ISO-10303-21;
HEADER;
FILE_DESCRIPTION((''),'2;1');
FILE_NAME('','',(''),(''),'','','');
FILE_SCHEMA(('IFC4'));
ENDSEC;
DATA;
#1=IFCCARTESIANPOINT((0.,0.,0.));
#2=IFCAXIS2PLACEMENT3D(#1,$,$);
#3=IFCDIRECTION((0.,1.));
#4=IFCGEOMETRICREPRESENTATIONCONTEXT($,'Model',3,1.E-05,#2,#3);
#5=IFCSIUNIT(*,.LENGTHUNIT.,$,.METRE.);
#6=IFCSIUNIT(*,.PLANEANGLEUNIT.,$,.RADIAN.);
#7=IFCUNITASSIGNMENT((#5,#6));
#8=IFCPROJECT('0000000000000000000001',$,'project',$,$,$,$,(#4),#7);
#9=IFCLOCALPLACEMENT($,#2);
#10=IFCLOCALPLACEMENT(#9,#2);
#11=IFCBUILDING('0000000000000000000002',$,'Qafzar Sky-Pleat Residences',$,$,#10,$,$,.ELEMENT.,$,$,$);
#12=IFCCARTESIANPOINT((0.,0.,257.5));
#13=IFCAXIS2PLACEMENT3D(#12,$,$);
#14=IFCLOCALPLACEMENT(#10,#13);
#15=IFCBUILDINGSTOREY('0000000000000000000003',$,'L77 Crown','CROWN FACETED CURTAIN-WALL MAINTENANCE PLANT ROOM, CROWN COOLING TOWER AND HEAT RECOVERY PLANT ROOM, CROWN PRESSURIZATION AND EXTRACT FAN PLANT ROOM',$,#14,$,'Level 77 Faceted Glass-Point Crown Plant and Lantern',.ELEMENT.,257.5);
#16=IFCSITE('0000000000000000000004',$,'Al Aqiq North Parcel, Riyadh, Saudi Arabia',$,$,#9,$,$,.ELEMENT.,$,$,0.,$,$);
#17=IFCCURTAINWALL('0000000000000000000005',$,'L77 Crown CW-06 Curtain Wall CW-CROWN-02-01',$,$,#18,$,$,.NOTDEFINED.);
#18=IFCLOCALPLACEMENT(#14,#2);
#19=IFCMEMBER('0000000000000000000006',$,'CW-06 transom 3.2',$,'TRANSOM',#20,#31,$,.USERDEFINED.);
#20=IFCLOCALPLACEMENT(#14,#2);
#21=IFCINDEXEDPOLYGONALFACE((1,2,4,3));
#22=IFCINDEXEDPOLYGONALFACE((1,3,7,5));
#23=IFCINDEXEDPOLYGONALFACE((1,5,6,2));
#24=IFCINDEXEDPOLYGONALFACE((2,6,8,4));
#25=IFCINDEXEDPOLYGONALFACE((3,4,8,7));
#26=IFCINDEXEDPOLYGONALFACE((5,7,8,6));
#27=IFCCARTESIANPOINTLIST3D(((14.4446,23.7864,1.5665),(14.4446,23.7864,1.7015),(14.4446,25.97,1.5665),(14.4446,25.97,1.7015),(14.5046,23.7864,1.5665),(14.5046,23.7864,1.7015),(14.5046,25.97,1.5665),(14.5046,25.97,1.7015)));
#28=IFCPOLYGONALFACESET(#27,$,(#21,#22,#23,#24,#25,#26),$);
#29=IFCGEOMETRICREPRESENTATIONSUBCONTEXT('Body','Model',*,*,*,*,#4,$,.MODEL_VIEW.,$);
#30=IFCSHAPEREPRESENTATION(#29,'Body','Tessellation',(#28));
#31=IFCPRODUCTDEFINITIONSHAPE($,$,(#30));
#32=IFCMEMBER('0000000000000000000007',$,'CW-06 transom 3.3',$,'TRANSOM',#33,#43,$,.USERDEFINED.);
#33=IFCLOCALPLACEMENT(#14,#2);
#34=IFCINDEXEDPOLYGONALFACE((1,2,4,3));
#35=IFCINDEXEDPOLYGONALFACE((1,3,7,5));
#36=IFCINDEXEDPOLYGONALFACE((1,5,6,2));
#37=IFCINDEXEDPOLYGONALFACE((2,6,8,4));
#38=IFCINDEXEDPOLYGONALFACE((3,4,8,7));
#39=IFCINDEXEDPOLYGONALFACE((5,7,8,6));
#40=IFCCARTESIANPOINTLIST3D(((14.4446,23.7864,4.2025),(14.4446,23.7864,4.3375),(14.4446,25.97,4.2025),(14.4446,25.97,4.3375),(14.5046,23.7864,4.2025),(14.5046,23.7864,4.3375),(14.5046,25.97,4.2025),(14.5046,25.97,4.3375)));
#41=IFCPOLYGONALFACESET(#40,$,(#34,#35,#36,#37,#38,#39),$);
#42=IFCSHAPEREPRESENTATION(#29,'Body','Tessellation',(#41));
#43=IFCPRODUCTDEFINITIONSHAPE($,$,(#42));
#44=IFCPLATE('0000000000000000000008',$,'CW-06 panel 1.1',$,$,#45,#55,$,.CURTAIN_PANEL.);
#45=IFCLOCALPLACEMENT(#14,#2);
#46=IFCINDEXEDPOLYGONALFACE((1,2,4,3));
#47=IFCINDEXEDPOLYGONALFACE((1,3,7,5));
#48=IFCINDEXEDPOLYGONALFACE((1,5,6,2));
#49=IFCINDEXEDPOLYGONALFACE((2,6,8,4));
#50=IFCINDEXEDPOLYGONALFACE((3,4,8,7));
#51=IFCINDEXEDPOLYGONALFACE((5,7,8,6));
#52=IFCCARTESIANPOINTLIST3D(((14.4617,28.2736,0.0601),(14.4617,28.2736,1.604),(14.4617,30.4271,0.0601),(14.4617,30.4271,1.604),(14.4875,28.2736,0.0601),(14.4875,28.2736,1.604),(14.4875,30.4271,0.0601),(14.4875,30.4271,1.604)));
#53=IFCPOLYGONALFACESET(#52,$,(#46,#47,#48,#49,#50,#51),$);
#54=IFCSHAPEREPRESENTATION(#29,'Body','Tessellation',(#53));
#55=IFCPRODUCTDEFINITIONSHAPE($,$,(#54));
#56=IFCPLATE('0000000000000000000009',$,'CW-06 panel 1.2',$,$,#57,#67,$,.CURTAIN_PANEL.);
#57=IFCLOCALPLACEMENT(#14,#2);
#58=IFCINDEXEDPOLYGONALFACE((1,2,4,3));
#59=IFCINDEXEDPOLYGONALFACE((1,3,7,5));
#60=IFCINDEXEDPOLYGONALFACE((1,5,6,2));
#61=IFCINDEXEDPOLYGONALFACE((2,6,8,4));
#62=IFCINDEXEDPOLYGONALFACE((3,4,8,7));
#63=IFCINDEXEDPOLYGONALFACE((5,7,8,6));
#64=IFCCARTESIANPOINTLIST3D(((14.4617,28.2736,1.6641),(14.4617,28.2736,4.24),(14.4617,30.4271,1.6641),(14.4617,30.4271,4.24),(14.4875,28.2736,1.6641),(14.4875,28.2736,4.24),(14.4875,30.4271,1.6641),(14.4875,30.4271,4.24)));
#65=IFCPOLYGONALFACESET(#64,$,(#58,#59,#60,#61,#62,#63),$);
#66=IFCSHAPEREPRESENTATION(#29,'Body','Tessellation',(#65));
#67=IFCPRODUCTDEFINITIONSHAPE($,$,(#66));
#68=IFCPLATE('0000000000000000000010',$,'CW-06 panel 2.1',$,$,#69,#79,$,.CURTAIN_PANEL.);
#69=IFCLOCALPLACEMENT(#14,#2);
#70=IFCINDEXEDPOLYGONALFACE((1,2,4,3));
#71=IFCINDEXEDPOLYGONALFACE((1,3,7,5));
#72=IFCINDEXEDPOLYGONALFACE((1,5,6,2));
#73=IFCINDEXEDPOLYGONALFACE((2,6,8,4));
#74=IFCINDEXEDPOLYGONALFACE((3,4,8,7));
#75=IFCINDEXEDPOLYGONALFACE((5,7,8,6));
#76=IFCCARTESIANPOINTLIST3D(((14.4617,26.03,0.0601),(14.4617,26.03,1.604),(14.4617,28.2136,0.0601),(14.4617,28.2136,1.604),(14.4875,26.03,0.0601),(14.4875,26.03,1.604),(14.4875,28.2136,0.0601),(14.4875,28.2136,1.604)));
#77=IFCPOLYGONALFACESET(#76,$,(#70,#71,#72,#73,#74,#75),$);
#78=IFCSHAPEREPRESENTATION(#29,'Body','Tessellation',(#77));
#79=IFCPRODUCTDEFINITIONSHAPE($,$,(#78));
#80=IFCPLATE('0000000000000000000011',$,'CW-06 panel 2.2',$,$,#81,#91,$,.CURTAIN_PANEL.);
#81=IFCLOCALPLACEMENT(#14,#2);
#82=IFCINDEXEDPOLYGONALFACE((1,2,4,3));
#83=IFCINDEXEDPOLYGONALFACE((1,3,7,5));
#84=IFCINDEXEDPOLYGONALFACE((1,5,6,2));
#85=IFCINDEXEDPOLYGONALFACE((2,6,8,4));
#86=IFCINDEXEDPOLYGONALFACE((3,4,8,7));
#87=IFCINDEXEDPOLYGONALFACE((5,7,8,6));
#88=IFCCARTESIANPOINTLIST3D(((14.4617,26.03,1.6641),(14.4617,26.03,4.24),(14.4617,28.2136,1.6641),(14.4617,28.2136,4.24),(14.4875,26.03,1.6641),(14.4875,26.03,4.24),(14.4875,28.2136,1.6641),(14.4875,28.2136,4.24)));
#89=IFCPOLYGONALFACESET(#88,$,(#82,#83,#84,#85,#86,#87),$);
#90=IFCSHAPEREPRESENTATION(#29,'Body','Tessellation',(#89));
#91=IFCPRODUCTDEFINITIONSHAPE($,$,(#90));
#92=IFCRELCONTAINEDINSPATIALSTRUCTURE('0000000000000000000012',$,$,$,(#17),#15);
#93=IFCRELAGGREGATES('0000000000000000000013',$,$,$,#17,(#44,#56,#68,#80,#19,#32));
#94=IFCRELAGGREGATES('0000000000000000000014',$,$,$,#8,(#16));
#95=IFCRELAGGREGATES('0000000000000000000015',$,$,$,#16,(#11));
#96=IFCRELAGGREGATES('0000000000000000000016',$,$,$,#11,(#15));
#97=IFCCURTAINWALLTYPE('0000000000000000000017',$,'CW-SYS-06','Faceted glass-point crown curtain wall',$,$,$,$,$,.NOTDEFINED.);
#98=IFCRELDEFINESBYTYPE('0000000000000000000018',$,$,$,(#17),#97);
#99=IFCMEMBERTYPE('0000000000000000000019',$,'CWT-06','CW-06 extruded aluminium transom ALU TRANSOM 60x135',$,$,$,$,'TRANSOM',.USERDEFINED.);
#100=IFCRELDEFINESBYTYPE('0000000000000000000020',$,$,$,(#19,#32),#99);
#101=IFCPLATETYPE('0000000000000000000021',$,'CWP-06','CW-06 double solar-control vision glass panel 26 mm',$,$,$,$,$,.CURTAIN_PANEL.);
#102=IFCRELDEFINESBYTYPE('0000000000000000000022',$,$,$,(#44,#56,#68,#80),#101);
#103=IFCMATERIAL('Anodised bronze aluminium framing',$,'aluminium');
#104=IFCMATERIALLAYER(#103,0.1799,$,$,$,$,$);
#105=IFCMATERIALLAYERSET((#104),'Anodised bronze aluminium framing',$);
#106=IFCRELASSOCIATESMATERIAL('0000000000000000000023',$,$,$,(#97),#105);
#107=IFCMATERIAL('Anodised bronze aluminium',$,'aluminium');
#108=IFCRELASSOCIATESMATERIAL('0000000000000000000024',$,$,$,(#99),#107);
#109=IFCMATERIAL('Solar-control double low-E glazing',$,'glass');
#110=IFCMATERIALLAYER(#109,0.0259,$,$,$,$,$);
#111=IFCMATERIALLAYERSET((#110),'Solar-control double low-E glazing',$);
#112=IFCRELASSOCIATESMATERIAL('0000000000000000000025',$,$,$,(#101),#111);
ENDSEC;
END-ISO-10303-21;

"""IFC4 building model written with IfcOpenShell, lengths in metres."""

from ifc_helpers import new_model, si_unit, direction, frame, origin, origin_2d, place, context, subcontext, project, spatial, rectangle, extrude, source, transform, mapped, material, layer, layer_set, material_profile, profile_set, type_object, element, aggregate, save


model = new_model("IFC4")

# Units and contexts
model_context = context("Model", 3, precision=1e-05, world=origin(), true_north=direction((0.0, 1.0)))
body_context = subcontext(model_context, "Body", "Model", "MODEL_VIEW")
ifc_project = project(units=[si_unit("LENGTHUNIT", "METRE"), si_unit("PLANEANGLEUNIT", "RADIAN")], contexts=[model_context])

# Site, building, storey
site_placement = place(None, origin())
site = spatial("IfcSite", under=ifc_project, at=site_placement, Name="Al Aqiq North Parcel, Riyadh, Saudi Arabia", CompositionType="ELEMENT", RefElevation=0.0)
building_placement = place(site_placement, origin())
building = spatial("IfcBuilding", under=site, at=building_placement, Name="Qafzar Sky-Pleat Residences", CompositionType="ELEMENT")
storey_placement = place(building_placement, frame((0.0, 0.0, 257.5)))
storey = spatial("IfcBuildingStorey", under=building, at=storey_placement, Name="L77 Crown", Description="CROWN FACETED CURTAIN-WALL MAINTENANCE PLANT ROOM, CROWN COOLING TOWER AND HEAT RECOVERY PLANT ROOM, CROWN PRESSURIZATION AND EXTRACT FAN PLANT ROOM", LongName="Level 77 Faceted Glass-Point Crown Plant and Lantern", CompositionType="ELEMENT", Elevation=257.5)

# Curtain wall
ifc_material_1 = material(Name="Anodised bronze aluminium framing", Category="aluminium")
ifc_layer_1 = layer(ifc_material_1, 0.1799)
ifc_layer_set_1 = layer_set([ifc_layer_1], Name="Anodised bronze aluminium framing")
curtain_wall_type = type_object("IfcCurtainWallType", Name="CW-SYS-06", Description="Faceted glass-point crown curtain wall", PredefinedType="NOTDEFINED", material=ifc_layer_set_1)
curtain_wall_1_placement = place(storey_placement, origin())
curtain_wall_1 = element("IfcCurtainWall", 1, at=curtain_wall_1_placement, inside=storey, type_object=curtain_wall_type, Name="L77 Crown CW-06 Curtain Wall CW-CROWN-02-01", PredefinedType="NOTDEFINED")
ifc_material_2 = material(Name="Anodised bronze aluminium", Category="aluminium")

# Members
ifc_material_profile_1 = material_profile(ifc_material_2, rectangle(XDim=0.0601, YDim=0.135, at=origin_2d()), Name="ALU TRANSOM 60x135")
ifc_profile_set_1 = profile_set([ifc_material_profile_1], Name="Anodised bronze aluminium")
member_type_1 = type_object("IfcMemberType", Name="CWT-06", Description="CW-06 extruded aluminium transom ALU TRANSOM 60x135", ElementType="TRANSOM", PredefinedType="USERDEFINED", material=ifc_profile_set_1)
shared_shape_1 = source(origin(), body_context, "Body", "SweptSolid", [
    extrude(rectangle(XDim=0.0601, YDim=0.135, at=origin_2d()), origin(), (0.0, 0.0, 1.0), 2.1836),
])
member_1_placement = place(storey_placement, frame((14.4746, 25.97, 1.634), z_axis=(0.0, -1.0, 0.0), x_axis=(1.0, 0.0, 0.0)))
member_1 = element("IfcMember", 2, at=member_1_placement, type_object=member_type_1, Name="CW-06 transom 3.2", ObjectType="TRANSOM", PredefinedType="USERDEFINED", context=body_context, shape_type="MappedRepresentation", body=[
    mapped(shared_shape_1, transform((0.0, 0.0, 0.0), x_axis=(1.0, 0.0, 0.0), y_axis=(0.0, 1.0, 0.0), z_axis=(0.0, 0.0, 1.0), scale=1.0)),
])
member_2_placement = place(storey_placement, frame((14.4746, 25.97, 4.27), z_axis=(0.0, -1.0, 0.0), x_axis=(1.0, 0.0, 0.0)))
member_2 = element("IfcMember", 3, at=member_2_placement, type_object=member_type_1, Name="CW-06 transom 3.3", ObjectType="TRANSOM", PredefinedType="USERDEFINED", context=body_context, shape_type="MappedRepresentation", body=[
    mapped(shared_shape_1, transform((0.0, 0.0, 0.0), x_axis=(1.0, 0.0, 0.0), y_axis=(0.0, 1.0, 0.0), z_axis=(0.0, 0.0, 1.0), scale=1.0)),
])

# Plates
ifc_material_3 = material(Name="Solar-control double low-E glazing", Category="glass")
ifc_layer_2 = layer(ifc_material_3, 0.0259)
ifc_layer_set_2 = layer_set([ifc_layer_2], Name="Solar-control double low-E glazing")
plate_type = type_object("IfcPlateType", Name="CWP-06", Description="CW-06 double solar-control vision glass panel 26 mm", PredefinedType="CURTAIN_PANEL", material=ifc_layer_set_2)
shared_shape_2 = source(origin(), body_context, "Body", "SweptSolid", [
    extrude(rectangle(XDim=2.1536, YDim=0.0259, at=origin_2d()), origin(), (0.0, 0.0, 1.0), 1.5439),
])
plate_1_placement = place(storey_placement, frame((14.4746, 29.3503, 0.0601), z_axis=(0.0, 0.0, 1.0), x_axis=(0.0, -1.0, 0.0)))
plate_1 = element("IfcPlate", 4, at=plate_1_placement, type_object=plate_type, Name="CW-06 panel 1.1", PredefinedType="CURTAIN_PANEL", context=body_context, shape_type="MappedRepresentation", body=[
    mapped(shared_shape_2, transform((0.0, 0.0, 0.0), x_axis=(1.0, 0.0, 0.0), y_axis=(0.0, 1.0, 0.0), z_axis=(0.0, 0.0, 1.0), scale=1.0)),
])
shared_shape_3 = source(origin(), body_context, "Body", "SweptSolid", [
    extrude(rectangle(XDim=2.1536, YDim=0.0259, at=origin_2d()), origin(), (0.0, 0.0, 1.0), 2.5759),
])
plate_2_placement = place(storey_placement, frame((14.4746, 29.3503, 1.6641), z_axis=(0.0, 0.0, 1.0), x_axis=(0.0, -1.0, 0.0)))
plate_2 = element("IfcPlate", 5, at=plate_2_placement, type_object=plate_type, Name="CW-06 panel 1.2", PredefinedType="CURTAIN_PANEL", context=body_context, shape_type="MappedRepresentation", body=[
    mapped(shared_shape_3, transform((0.0, 0.0, 0.0), x_axis=(1.0, 0.0, 0.0), y_axis=(0.0, 1.0, 0.0), z_axis=(0.0, 0.0, 1.0), scale=1.0)),
])
shared_shape_4 = source(origin(), body_context, "Body", "SweptSolid", [
    extrude(rectangle(XDim=2.1836, YDim=0.0259, at=origin_2d()), origin(), (0.0, 0.0, 1.0), 1.5439),
])
plate_3_placement = place(storey_placement, frame((14.4746, 27.1218, 0.0601), z_axis=(0.0, 0.0, 1.0), x_axis=(0.0, -1.0, 0.0)))
plate_3 = element("IfcPlate", 6, at=plate_3_placement, type_object=plate_type, Name="CW-06 panel 2.1", PredefinedType="CURTAIN_PANEL", context=body_context, shape_type="MappedRepresentation", body=[
    mapped(shared_shape_4, transform((0.0, 0.0, 0.0), x_axis=(1.0, 0.0, 0.0), y_axis=(0.0, 1.0, 0.0), z_axis=(0.0, 0.0, 1.0), scale=1.0)),
])
shared_shape_5 = source(origin(), body_context, "Body", "SweptSolid", [
    extrude(rectangle(XDim=2.1836, YDim=0.0259, at=origin_2d()), origin(), (0.0, 0.0, 1.0), 2.5759),
])
plate_4_placement = place(storey_placement, frame((14.4746, 27.1218, 1.6641), z_axis=(0.0, 0.0, 1.0), x_axis=(0.0, -1.0, 0.0)))
plate_4 = element("IfcPlate", 7, at=plate_4_placement, type_object=plate_type, Name="CW-06 panel 2.2", PredefinedType="CURTAIN_PANEL", context=body_context, shape_type="MappedRepresentation", body=[
    mapped(shared_shape_5, transform((0.0, 0.0, 0.0), x_axis=(1.0, 0.0, 0.0), y_axis=(0.0, 1.0, 0.0), z_axis=(0.0, 0.0, 1.0), scale=1.0)),
])
aggregate(curtain_wall_1, [plate_1, plate_2, plate_3, plate_4, member_1, member_2])

save(model, "model.ifc")
